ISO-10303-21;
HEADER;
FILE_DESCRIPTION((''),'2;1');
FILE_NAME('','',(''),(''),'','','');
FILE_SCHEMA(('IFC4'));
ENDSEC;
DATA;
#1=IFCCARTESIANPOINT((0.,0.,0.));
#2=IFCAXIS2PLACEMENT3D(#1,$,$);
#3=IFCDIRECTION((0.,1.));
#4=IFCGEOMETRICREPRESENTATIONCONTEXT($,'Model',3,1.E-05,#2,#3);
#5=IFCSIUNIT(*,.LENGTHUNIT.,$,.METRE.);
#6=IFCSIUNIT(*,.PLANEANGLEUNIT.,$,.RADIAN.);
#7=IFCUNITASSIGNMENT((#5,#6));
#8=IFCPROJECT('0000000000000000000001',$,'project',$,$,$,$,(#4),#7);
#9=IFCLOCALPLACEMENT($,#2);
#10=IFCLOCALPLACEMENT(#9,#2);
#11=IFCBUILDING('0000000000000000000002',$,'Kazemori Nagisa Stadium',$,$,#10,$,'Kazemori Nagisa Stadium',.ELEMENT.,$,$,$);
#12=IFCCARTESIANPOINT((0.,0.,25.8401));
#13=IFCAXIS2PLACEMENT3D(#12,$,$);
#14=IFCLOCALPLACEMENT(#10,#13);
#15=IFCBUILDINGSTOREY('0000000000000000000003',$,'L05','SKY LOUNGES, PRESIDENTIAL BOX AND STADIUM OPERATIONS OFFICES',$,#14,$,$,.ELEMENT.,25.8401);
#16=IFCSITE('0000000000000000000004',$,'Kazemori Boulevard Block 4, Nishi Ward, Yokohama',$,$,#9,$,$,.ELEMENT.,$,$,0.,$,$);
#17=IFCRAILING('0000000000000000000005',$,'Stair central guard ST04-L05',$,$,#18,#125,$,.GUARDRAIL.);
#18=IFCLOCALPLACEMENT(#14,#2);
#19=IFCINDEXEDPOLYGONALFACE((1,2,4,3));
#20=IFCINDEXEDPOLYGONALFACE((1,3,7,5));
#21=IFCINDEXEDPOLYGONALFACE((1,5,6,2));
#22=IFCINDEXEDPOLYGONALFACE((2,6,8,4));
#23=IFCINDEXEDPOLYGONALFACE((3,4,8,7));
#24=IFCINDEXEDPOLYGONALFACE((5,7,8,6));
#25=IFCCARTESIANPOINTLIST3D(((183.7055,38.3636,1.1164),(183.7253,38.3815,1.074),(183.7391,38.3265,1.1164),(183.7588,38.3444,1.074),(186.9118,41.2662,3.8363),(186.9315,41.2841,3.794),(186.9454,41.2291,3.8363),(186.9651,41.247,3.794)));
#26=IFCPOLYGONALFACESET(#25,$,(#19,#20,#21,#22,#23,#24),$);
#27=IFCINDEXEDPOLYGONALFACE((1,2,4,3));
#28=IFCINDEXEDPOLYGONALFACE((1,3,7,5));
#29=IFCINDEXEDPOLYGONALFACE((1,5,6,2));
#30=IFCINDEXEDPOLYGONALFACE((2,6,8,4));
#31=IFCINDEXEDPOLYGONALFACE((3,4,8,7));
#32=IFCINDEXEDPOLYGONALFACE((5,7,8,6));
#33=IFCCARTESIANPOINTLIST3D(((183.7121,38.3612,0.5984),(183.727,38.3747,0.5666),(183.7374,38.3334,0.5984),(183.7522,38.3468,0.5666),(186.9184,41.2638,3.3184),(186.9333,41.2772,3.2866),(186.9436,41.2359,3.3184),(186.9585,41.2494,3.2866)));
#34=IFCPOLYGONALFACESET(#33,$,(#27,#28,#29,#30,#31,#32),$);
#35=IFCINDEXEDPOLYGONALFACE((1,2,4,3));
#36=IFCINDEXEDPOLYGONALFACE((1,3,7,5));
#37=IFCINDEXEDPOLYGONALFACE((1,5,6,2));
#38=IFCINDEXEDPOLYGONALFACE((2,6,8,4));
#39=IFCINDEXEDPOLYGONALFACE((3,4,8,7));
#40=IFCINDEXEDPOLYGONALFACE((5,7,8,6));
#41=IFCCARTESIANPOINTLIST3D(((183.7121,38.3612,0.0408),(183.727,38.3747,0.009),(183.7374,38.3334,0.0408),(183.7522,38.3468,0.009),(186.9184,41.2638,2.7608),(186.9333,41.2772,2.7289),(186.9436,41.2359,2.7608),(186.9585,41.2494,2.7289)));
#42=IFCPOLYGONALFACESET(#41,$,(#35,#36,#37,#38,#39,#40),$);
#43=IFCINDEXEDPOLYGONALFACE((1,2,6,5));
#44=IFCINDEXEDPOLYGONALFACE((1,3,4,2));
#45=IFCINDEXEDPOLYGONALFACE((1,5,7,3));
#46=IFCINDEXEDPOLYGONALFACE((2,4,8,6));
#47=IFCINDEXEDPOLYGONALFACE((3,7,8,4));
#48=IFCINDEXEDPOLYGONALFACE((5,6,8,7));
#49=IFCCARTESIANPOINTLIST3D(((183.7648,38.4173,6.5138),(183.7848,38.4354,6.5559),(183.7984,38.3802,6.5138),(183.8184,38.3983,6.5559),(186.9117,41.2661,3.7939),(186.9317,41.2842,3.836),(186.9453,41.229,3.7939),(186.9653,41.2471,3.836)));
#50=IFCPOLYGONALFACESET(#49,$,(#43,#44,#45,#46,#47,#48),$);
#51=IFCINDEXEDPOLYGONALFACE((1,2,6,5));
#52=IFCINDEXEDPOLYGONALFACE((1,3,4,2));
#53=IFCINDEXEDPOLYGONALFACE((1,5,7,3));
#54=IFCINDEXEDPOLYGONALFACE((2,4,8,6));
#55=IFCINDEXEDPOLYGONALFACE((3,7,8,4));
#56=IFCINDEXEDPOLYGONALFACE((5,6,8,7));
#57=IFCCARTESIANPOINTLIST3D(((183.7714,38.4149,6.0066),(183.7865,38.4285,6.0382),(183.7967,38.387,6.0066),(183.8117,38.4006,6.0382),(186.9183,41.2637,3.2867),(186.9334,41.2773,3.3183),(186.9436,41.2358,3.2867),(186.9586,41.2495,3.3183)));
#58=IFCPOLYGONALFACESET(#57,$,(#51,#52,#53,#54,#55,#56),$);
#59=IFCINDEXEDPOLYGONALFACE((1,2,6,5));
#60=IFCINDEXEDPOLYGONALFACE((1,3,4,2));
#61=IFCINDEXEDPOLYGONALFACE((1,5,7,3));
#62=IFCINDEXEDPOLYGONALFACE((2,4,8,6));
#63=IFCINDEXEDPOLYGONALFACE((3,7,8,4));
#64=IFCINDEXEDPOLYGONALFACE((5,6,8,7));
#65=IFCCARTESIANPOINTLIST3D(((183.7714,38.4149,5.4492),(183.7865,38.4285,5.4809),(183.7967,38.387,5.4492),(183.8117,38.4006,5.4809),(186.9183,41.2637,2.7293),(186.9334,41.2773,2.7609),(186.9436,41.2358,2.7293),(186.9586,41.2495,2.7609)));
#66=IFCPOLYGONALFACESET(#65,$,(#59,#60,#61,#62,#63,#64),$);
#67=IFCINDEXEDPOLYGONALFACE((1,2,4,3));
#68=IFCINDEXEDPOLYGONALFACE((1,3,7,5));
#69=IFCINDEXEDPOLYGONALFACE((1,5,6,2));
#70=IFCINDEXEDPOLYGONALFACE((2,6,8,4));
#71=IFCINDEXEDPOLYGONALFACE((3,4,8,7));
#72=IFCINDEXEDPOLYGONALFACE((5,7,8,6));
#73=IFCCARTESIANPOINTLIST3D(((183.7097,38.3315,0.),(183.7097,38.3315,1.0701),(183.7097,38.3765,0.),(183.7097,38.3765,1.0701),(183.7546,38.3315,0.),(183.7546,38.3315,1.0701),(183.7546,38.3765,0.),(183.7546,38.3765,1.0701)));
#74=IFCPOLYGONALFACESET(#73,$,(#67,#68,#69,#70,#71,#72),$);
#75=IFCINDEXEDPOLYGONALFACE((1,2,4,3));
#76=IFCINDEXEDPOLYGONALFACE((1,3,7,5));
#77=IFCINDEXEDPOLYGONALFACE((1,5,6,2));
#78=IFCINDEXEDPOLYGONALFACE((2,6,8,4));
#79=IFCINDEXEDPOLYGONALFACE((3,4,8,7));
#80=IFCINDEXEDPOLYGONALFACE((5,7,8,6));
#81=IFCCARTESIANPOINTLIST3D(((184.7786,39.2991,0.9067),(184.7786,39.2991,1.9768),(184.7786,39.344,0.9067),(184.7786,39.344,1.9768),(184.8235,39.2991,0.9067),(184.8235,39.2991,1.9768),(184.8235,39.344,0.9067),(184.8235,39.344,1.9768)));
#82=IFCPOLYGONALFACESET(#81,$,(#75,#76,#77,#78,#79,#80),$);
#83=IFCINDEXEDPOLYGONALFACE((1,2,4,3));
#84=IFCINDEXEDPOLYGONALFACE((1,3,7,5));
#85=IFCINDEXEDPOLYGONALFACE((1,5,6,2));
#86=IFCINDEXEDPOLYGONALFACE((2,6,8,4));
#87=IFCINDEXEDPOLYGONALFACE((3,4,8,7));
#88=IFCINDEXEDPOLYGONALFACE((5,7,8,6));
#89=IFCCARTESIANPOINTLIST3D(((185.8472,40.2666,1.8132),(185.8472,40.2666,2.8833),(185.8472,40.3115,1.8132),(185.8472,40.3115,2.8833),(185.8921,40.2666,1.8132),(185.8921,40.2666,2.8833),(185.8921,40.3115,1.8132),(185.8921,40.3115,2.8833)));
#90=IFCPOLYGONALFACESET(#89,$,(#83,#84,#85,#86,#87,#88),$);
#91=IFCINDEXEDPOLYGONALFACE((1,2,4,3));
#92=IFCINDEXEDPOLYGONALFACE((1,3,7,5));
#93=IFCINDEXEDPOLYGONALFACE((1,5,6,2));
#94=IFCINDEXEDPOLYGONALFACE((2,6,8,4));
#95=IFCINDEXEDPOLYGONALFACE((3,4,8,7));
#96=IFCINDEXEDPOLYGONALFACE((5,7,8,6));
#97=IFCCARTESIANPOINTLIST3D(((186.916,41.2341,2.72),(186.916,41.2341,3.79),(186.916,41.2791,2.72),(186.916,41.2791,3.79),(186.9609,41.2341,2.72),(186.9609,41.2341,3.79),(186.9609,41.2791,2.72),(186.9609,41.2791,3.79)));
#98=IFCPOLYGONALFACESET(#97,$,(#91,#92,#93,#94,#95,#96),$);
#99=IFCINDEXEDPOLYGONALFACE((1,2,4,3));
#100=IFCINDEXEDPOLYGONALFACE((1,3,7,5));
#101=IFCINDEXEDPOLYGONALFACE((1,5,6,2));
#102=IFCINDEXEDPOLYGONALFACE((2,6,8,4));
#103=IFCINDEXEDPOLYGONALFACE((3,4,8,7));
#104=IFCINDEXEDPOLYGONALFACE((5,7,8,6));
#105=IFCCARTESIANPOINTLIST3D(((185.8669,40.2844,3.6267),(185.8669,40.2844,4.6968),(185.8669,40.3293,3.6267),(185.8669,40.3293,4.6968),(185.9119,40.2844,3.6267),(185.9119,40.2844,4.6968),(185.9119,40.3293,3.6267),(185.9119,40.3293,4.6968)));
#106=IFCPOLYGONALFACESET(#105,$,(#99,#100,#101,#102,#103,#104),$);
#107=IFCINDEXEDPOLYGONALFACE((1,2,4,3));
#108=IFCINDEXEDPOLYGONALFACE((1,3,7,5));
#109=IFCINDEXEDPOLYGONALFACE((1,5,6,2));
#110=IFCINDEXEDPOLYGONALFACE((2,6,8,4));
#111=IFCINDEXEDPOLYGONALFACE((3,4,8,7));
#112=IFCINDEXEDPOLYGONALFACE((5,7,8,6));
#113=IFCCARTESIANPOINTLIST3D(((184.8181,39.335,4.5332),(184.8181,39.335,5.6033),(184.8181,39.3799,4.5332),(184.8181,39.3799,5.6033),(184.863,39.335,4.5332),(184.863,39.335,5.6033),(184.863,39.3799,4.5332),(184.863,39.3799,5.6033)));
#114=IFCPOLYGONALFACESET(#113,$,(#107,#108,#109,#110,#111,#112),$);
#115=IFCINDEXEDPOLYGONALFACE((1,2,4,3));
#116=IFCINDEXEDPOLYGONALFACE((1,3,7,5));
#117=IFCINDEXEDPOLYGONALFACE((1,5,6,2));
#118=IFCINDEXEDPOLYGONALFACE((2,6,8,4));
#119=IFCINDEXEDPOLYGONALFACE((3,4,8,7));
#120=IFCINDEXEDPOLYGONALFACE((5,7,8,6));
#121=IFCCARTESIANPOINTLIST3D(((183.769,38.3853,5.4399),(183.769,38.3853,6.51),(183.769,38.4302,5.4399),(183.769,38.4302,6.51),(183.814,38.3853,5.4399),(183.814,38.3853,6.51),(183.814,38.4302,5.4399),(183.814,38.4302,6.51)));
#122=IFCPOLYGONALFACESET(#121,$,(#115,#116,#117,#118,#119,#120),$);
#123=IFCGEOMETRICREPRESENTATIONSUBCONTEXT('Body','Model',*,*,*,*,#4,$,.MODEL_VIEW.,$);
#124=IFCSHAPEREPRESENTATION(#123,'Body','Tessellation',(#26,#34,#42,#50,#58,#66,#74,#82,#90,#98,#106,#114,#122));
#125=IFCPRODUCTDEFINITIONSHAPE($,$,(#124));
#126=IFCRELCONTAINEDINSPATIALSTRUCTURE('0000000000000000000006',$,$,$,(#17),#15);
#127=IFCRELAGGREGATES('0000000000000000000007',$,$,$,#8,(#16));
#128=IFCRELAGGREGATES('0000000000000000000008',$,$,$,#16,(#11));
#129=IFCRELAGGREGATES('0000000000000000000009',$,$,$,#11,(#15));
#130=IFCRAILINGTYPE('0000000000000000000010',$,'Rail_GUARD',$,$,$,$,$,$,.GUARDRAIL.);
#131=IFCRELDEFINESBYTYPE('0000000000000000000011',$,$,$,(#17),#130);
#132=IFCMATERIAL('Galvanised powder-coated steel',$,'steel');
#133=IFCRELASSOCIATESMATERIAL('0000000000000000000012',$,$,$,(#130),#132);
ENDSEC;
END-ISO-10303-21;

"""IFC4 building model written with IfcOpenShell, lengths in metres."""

from ifc_helpers import new_model, si_unit, direction, frame, origin, origin_2d, place, context, subcontext, project, spatial, rectangle, extrude, material, type_object, element, save


model = new_model("IFC4")

# Units and contexts
model_context = context("Model", 3, precision=1e-05, world=origin(), true_north=direction((0.0, 1.0)))
body_context = subcontext(model_context, "Body", "Model", "MODEL_VIEW")
ifc_project = project(units=[si_unit("LENGTHUNIT", "METRE"), si_unit("PLANEANGLEUNIT", "RADIAN")], contexts=[model_context])

# Site, building, storey
site_placement = place(None, origin())
site = spatial("IfcSite", under=ifc_project, at=site_placement, Name="Kazemori Boulevard Block 4, Nishi Ward, Yokohama", CompositionType="ELEMENT", RefElevation=0.0)
building_placement = place(site_placement, origin())
building = spatial("IfcBuilding", under=site, at=building_placement, Name="Kazemori Nagisa Stadium", LongName="Kazemori Nagisa Stadium", CompositionType="ELEMENT")
storey_placement = place(building_placement, frame((0.0, 0.0, 25.8401)))
storey = spatial("IfcBuildingStorey", under=building, at=storey_placement, Name="L05", Description="SKY LOUNGES, PRESIDENTIAL BOX AND STADIUM OPERATIONS OFFICES", CompositionType="ELEMENT", Elevation=25.8401)

# Railing
ifc_material_1 = material(Name="Galvanised powder-coated steel", Category="steel")
railing_type_1 = type_object("IfcRailingType", Name="Rail_GUARD", PredefinedType="GUARDRAIL", material=ifc_material_1)
railing_1_placement = place(storey_placement, frame((183.7322, 38.354, 0.0)))
element("IfcRailing", 1, at=railing_1_placement, inside=storey, type_object=railing_type_1, Name="Stair central guard ST04-L05", PredefinedType="GUARDRAIL", context=body_context, shape_type="SweptSolid", body=[
    extrude(rectangle(XDim=0.05, YDim=0.05, at=origin_2d()), frame((0.0, 0.0, 1.0952), z_axis=(0.627558, 0.568113, 0.53237), x_axis=(-0.671123, 0.741346, 0.0)), (0.0, 0.0, 1.0), 5.1091),
    extrude(rectangle(XDim=0.0376, YDim=0.0376, at=origin_2d()), frame((0.0, 0.0, 0.5825), z_axis=(0.627558, 0.568113, 0.53237), x_axis=(-0.671123, 0.741346, 0.0)), (0.0, 0.0, 1.0), 5.1091),
    extrude(rectangle(XDim=0.0376, YDim=0.0376, at=origin_2d()), frame((0.0, 0.0, 0.0249), z_axis=(0.627558, 0.568113, 0.53237), x_axis=(-0.671123, 0.741346, 0.0)), (0.0, 0.0, 1.0), 5.1091),
    extrude(rectangle(XDim=0.05, YDim=0.05, at=origin_2d()), frame((3.2063, 2.9026, 3.8149), z_axis=(-0.624201, -0.565073, 0.539505), x_axis=(0.671123, -0.741346, 0.0)), (0.0, 0.0, 1.0), 5.0415),
    extrude(rectangle(XDim=0.0376, YDim=0.0376, at=origin_2d()), frame((3.2063, 2.9026, 3.3025), z_axis=(-0.624201, -0.565073, 0.539505), x_axis=(0.671123, -0.741346, 0.0)), (0.0, 0.0, 1.0), 5.0415),
    extrude(rectangle(XDim=0.0376, YDim=0.0376, at=origin_2d()), frame((3.2063, 2.9026, 2.7451), z_axis=(-0.624201, -0.565073, 0.539505), x_axis=(0.671123, -0.741346, 0.0)), (0.0, 0.0, 1.0), 5.0415),
    extrude(rectangle(XDim=0.0449, YDim=0.0449, at=origin_2d()), origin(), (0.0, 0.0, 1.0), 1.0701),
    extrude(rectangle(XDim=0.0449, YDim=0.0449, at=origin_2d()), frame((1.0688, 0.9675, 0.9067)), (0.0, 0.0, 1.0), 1.0701),
    extrude(rectangle(XDim=0.0449, YDim=0.0449, at=origin_2d()), frame((2.1375, 1.9351, 1.8132)), (0.0, 0.0, 1.0), 1.0701),
    extrude(rectangle(XDim=0.0449, YDim=0.0449, at=origin_2d()), frame((3.2063, 2.9026, 2.72)), (0.0, 0.0, 1.0), 1.0701),
    extrude(rectangle(XDim=0.0449, YDim=0.0449, at=origin_2d()), frame((2.1572, 1.9529, 3.6267)), (0.0, 0.0, 1.0), 1.0701),
    extrude(rectangle(XDim=0.0449, YDim=0.0449, at=origin_2d()), frame((1.1084, 1.0034, 4.5332)), (0.0, 0.0, 1.0), 1.0701),
    extrude(rectangle(XDim=0.0449, YDim=0.0449, at=origin_2d()), frame((0.0593, 0.0537, 5.4399)), (0.0, 0.0, 1.0), 1.0701),
])

save(model, "model.ifc")
